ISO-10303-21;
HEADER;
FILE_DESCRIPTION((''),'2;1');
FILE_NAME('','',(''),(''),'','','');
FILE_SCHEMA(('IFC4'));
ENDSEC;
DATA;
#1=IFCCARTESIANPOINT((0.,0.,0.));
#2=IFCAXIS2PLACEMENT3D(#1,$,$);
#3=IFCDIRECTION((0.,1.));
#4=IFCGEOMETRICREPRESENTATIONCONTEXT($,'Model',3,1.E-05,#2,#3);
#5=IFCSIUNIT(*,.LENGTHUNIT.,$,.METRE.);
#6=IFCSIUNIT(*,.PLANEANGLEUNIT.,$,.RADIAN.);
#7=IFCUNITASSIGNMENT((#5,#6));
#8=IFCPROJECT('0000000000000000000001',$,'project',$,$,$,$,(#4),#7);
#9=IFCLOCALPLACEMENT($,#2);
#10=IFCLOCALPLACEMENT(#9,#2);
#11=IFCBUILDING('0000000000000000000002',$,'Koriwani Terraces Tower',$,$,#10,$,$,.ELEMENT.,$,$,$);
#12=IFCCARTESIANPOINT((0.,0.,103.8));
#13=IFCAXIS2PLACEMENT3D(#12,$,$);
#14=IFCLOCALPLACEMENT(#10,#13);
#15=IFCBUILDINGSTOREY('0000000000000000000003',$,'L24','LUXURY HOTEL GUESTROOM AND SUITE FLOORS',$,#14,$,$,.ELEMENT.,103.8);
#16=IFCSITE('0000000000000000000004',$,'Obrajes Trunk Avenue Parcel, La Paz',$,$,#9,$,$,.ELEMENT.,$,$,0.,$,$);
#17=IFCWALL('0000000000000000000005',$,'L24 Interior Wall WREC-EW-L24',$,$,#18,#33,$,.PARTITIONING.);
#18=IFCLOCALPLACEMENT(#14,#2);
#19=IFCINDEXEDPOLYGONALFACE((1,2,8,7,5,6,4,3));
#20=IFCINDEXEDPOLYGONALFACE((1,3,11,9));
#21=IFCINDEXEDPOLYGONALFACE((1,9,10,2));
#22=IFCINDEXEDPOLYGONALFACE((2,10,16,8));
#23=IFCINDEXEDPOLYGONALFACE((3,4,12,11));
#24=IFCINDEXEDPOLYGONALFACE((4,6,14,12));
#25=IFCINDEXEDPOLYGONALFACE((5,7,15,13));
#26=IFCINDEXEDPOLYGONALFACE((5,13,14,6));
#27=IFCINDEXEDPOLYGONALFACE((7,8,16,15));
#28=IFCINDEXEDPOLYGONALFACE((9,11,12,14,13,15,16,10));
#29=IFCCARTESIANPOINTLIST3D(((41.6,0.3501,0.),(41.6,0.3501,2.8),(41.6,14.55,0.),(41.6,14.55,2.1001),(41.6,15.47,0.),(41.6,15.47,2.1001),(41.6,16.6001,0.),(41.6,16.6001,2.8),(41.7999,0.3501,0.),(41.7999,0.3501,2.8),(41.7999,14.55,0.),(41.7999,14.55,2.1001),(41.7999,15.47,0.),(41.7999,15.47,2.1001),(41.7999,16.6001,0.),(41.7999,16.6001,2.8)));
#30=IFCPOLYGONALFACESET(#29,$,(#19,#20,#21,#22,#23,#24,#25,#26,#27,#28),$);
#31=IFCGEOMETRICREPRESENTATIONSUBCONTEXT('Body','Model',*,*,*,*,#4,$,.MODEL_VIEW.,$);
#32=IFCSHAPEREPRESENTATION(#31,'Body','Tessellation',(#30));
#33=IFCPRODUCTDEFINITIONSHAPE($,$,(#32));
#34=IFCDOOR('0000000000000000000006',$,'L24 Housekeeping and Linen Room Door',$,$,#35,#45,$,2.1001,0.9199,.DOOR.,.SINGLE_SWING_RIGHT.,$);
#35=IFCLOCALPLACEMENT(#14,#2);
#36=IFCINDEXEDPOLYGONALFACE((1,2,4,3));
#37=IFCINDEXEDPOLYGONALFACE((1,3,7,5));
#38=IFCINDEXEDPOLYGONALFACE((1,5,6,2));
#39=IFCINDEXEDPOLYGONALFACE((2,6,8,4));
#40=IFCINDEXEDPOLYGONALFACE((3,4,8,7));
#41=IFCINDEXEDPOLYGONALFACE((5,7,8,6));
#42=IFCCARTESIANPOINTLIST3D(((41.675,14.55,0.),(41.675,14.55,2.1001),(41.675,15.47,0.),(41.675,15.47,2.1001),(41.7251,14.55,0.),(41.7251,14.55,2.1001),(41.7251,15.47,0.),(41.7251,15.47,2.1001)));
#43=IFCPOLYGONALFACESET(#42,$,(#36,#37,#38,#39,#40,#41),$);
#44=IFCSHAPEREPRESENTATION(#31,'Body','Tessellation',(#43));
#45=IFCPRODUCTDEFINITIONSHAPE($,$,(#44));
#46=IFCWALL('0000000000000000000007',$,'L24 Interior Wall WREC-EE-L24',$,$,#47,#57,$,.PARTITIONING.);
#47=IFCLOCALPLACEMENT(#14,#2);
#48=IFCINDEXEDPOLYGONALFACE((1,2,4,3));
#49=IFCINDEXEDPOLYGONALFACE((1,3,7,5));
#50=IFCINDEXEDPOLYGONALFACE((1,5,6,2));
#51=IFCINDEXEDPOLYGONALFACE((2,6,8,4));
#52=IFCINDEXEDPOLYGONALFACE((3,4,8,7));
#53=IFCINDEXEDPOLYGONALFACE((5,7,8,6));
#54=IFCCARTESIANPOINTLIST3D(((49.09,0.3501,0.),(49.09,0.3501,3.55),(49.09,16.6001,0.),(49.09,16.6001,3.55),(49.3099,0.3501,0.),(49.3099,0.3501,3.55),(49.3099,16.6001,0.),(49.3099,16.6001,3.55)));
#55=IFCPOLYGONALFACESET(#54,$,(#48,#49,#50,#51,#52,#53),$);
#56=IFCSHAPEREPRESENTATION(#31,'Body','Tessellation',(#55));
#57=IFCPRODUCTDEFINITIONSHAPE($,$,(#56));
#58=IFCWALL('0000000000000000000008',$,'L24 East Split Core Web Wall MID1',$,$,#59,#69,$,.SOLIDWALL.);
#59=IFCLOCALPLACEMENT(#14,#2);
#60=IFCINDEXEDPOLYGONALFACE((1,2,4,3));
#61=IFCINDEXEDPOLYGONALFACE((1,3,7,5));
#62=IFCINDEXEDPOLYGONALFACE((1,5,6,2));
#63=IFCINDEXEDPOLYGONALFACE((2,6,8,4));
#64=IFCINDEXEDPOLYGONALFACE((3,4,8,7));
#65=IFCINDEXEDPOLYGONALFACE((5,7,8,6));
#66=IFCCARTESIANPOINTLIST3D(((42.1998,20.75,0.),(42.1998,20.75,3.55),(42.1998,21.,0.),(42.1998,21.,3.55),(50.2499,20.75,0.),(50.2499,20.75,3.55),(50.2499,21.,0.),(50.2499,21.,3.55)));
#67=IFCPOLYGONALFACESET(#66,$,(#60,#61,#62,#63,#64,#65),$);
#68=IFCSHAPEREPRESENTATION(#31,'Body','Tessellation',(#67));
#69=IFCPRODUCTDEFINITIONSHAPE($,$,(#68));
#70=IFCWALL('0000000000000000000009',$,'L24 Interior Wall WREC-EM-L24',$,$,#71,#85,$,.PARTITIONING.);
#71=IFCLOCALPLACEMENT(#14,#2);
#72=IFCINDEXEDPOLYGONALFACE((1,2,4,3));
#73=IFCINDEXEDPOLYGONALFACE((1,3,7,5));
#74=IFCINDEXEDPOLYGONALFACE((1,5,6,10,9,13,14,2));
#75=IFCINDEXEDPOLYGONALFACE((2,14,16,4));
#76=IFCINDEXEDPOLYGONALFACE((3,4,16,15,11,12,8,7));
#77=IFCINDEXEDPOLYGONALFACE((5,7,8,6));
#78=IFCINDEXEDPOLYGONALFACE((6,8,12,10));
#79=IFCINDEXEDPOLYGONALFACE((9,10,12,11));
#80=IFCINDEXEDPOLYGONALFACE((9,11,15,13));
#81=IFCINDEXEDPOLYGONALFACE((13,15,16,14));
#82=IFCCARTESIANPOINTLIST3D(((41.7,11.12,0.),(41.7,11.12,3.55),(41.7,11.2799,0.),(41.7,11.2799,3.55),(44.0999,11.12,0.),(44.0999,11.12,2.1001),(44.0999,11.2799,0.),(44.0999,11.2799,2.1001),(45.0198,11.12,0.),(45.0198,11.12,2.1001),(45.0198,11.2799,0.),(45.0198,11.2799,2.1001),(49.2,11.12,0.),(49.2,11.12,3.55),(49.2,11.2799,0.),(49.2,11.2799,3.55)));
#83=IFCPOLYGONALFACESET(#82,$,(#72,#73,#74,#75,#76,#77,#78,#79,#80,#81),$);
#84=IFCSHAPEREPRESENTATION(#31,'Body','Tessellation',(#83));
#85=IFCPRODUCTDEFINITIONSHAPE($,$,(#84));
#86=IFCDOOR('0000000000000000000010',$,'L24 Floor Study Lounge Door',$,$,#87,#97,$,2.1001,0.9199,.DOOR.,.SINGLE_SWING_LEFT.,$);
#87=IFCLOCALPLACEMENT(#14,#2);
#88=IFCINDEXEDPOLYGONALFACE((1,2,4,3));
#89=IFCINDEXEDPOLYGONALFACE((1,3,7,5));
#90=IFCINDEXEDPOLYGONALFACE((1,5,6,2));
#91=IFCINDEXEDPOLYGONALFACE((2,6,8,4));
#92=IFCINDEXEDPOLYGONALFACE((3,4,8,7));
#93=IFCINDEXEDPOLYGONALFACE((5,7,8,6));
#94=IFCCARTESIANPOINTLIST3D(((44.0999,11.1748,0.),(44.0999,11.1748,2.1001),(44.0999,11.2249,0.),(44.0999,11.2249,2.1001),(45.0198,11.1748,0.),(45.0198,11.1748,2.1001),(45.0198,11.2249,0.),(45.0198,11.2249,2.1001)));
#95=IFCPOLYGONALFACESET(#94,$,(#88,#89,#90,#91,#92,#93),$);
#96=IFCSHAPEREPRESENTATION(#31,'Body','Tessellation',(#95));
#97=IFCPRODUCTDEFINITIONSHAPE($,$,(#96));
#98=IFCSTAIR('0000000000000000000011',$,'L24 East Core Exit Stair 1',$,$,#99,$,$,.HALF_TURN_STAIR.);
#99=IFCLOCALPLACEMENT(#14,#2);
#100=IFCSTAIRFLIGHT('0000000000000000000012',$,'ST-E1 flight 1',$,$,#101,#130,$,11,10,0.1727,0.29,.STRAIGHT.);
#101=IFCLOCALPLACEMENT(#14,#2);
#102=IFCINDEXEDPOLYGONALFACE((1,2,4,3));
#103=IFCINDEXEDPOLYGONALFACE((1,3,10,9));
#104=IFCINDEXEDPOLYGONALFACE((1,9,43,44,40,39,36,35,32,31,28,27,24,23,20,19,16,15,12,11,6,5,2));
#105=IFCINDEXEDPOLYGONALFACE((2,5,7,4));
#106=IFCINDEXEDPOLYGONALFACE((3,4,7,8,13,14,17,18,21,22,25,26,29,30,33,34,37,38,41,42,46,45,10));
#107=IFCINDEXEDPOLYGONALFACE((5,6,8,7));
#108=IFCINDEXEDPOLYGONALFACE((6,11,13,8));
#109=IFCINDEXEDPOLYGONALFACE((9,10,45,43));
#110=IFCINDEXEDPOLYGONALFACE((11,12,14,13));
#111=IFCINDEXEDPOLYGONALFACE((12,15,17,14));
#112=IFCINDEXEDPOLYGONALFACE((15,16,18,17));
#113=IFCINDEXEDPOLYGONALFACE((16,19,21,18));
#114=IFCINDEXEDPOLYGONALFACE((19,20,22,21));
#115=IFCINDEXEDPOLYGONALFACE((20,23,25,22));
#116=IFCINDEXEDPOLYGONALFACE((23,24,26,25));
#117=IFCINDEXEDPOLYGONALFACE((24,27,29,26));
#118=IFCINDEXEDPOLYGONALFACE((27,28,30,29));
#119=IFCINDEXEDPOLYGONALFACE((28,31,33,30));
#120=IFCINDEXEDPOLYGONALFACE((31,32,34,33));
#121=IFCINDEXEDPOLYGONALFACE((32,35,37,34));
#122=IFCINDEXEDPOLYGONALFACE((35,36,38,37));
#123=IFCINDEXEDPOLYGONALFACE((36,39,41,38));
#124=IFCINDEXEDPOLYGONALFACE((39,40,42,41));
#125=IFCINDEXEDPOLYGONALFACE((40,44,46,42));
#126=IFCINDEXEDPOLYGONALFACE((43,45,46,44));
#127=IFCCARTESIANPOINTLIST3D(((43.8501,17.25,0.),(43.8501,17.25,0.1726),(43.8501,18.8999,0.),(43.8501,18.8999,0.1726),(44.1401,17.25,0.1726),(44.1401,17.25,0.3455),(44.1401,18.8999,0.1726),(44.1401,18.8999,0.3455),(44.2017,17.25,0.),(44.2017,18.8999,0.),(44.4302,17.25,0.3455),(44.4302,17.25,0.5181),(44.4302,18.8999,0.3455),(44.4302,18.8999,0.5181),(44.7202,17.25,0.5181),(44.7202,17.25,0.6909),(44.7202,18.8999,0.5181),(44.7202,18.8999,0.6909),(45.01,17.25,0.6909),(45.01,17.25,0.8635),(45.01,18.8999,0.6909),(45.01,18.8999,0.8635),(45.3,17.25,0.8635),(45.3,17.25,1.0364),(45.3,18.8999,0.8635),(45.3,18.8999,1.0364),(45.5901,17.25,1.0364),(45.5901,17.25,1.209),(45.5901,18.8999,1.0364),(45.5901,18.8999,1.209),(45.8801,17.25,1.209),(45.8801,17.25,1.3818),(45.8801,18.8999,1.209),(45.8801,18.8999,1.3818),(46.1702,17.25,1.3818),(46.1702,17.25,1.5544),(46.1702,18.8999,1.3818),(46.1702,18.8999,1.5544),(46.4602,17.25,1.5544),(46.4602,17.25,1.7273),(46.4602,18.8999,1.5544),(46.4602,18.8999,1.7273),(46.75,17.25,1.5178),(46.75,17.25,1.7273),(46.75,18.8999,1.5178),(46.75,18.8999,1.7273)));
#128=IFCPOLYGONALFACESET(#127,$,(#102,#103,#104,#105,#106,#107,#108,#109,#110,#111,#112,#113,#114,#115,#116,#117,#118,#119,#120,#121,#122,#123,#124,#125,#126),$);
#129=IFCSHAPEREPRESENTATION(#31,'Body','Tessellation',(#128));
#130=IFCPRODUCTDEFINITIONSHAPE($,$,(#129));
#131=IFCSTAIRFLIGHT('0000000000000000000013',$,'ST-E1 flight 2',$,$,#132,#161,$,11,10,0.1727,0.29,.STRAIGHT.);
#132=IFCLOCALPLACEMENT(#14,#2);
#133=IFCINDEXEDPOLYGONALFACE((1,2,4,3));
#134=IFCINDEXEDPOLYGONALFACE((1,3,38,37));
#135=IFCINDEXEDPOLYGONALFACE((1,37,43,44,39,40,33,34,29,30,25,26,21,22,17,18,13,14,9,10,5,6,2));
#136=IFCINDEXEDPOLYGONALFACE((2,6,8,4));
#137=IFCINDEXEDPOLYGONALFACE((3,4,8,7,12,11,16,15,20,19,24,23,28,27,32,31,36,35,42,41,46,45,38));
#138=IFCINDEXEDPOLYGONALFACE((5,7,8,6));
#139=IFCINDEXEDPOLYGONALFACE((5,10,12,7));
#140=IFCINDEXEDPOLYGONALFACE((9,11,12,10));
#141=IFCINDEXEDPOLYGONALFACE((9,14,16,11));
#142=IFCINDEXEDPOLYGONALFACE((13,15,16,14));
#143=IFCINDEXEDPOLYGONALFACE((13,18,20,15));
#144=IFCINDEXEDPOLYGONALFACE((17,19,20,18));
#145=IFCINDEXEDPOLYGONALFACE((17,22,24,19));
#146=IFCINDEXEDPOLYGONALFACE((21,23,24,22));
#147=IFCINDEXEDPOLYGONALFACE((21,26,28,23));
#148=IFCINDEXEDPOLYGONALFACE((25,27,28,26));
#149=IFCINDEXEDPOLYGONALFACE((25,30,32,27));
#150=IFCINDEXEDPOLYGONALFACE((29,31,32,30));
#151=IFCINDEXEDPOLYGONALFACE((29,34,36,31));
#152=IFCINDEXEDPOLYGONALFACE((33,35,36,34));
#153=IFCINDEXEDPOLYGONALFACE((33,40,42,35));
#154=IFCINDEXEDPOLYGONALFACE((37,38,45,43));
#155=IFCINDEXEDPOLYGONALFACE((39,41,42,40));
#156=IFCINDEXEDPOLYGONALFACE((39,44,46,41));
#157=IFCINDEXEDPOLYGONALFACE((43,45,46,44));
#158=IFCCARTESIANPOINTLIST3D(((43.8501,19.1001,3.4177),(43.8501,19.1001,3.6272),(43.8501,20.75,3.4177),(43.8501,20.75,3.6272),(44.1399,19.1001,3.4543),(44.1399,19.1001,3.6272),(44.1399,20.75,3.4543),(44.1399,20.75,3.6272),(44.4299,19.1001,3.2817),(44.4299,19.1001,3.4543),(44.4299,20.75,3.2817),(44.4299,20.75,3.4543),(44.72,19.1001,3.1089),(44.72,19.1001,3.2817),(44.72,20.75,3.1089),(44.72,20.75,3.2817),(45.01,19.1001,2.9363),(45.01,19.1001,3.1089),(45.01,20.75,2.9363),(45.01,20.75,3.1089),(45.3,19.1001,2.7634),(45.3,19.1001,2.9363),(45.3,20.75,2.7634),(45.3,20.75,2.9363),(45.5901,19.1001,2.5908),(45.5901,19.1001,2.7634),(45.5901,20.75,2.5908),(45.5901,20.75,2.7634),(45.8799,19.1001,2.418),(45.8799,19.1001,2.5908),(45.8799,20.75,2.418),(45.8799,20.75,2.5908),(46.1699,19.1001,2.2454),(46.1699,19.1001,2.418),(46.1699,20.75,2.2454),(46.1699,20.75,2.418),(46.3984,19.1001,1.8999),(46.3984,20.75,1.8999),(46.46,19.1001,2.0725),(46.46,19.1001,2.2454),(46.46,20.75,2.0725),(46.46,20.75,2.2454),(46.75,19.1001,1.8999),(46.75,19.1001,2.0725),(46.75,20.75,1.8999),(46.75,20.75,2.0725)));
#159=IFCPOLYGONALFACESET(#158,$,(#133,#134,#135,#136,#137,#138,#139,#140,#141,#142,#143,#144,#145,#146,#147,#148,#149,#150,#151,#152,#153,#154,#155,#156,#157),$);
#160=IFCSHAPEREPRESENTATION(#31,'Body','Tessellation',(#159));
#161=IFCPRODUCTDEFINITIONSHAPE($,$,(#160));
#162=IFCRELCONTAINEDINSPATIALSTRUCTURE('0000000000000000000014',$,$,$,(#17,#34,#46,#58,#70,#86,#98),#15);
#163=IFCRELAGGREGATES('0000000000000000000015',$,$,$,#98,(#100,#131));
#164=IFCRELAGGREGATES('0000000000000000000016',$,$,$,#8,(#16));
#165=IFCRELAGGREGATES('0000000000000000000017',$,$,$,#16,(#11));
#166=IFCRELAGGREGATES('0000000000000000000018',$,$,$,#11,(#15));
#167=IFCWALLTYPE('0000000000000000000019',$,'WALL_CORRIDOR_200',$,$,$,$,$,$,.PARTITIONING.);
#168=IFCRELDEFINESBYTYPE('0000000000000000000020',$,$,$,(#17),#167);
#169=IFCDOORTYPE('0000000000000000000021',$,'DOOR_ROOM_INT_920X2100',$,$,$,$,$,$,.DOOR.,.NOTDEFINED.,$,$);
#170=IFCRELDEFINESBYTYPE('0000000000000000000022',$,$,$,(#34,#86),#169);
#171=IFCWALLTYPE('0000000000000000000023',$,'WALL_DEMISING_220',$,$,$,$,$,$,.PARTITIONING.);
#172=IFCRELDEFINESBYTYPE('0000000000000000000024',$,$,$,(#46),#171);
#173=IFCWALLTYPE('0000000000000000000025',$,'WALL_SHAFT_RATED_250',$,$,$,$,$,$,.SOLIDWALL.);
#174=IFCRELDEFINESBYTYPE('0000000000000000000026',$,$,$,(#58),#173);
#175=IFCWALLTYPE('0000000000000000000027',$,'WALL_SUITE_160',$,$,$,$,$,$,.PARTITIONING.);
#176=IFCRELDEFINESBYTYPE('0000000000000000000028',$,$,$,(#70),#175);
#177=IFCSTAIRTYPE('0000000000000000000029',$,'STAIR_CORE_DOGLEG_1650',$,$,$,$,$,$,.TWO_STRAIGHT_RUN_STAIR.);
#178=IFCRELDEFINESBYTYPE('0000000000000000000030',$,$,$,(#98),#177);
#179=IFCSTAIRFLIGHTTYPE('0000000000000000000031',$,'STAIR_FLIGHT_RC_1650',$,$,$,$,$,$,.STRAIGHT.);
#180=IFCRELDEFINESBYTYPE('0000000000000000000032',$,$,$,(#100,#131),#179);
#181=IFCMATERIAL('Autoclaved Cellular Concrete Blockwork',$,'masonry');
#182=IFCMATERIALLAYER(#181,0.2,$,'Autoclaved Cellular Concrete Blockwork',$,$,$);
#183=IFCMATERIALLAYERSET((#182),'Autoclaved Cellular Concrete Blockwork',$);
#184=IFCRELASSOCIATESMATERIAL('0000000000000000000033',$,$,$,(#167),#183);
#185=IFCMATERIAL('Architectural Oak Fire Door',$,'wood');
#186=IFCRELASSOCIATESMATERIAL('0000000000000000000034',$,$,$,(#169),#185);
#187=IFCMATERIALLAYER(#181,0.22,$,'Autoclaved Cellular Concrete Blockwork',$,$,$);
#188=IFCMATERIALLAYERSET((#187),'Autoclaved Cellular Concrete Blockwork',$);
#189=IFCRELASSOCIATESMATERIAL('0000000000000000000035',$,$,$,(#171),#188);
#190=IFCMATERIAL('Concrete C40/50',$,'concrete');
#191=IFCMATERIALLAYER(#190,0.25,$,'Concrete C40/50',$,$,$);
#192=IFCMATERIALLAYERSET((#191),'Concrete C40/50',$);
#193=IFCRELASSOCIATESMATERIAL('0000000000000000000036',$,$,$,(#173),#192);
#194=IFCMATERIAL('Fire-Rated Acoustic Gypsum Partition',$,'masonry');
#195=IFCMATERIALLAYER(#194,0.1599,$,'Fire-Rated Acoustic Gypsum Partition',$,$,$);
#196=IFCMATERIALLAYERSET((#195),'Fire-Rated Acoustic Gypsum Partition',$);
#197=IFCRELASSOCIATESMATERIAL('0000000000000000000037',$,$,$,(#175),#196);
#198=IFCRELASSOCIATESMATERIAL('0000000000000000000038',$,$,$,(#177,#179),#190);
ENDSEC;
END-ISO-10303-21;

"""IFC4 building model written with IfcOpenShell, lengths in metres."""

from ifc_helpers import new_model, si_unit, direction, frame, frame_2d, origin, place, context, subcontext, project, spatial, polyline, rectangle, outline, extrude, material, layer, layer_set, type_object, element, fill, aggregate, save


model = new_model("IFC4")

# Units and contexts
model_context = context("Model", 3, precision=1e-05, world=origin(), true_north=direction((0.0, 1.0)))
body_context = subcontext(model_context, "Body", "Model", "MODEL_VIEW")
ifc_project = project(units=[si_unit("LENGTHUNIT", "METRE"), si_unit("PLANEANGLEUNIT", "RADIAN")], contexts=[model_context])

# Site, building, storey
site_placement = place(None, origin())
site = spatial("IfcSite", under=ifc_project, at=site_placement, Name="Obrajes Trunk Avenue Parcel, La Paz", CompositionType="ELEMENT", RefElevation=0.0)
building_placement = place(site_placement, origin())
building = spatial("IfcBuilding", under=site, at=building_placement, Name="Koriwani Terraces Tower", CompositionType="ELEMENT")
storey_placement = place(building_placement, frame((0.0, 0.0, 103.8)))
storey = spatial("IfcBuildingStorey", under=building, at=storey_placement, Name="L24", Description="LUXURY HOTEL GUESTROOM AND SUITE FLOORS", CompositionType="ELEMENT", Elevation=103.8)

# Shared definitions
ifc_material_1 = material(Name="Concrete C40/50", Category="concrete")

# Wall, opening, door
ifc_material_2 = material(Name="Autoclaved Cellular Concrete Blockwork", Category="masonry")
ifc_layer_1 = layer(ifc_material_2, 0.2, Name="Autoclaved Cellular Concrete Blockwork")
ifc_layer_set_1 = layer_set([ifc_layer_1], Name="Autoclaved Cellular Concrete Blockwork")
wall_type_1 = type_object("IfcWallType", Name="WALL_CORRIDOR_200", PredefinedType="PARTITIONING", material=ifc_layer_set_1)
wall_1_placement = place(storey_placement, frame((41.7, 0.3501, 0.0), z_axis=(0.0, 0.0, 1.0), x_axis=(0.0, 1.0, 0.0)))
wall_1 = element("IfcWall", 1, at=wall_1_placement, inside=storey, type_object=wall_type_1, Name="L24 Interior Wall WREC-EW-L24", PredefinedType="PARTITIONING", context=body_context, shape_type="SweptSolid", body=[
    extrude(rectangle(XDim=16.25, YDim=0.2, at=frame_2d((8.125, 0.0))), origin(), (0.0, 0.0, 1.0), 2.8),
])
opening_1_placement = place(wall_1_placement, frame((14.2, 0.0, 0.0)))
opening_1 = element("IfcOpeningElement", 2, at=opening_1_placement, cuts=wall_1, PredefinedType="OPENING", context=body_context, shape_type="SweptSolid", body=[
    extrude(rectangle(XDim=0.9199, YDim=2.1001, at=frame_2d((0.46, 1.05))), frame((0.0, 0.1099, 0.0), z_axis=(0.0, -1.0, 0.0), x_axis=(1.0, 0.0, 0.0)), (0.0, 0.0, 1.0), 0.22),
])
ifc_material_3 = material(Name="Architectural Oak Fire Door", Category="wood")
door_type_1 = type_object("IfcDoorType", Name="DOOR_ROOM_INT_920X2100", OperationType="NOTDEFINED", PredefinedType="DOOR", material=ifc_material_3)
door_1_placement = place(opening_1_placement, origin())
door_1 = element("IfcDoor", 3, at=door_1_placement, inside=storey, type_object=door_type_1, Name="L24 Housekeeping and Linen Room Door", OperationType="SINGLE_SWING_RIGHT", OverallHeight=2.1001, OverallWidth=0.9199, PredefinedType="DOOR", context=body_context, shape_type="SweptSolid", body=[
    extrude(rectangle(XDim=0.9199, YDim=2.1001, at=frame_2d((0.46, 1.05))), frame((0.0, 0.0249, 0.0), z_axis=(0.0, -1.0, 0.0), x_axis=(1.0, 0.0, 0.0)), (0.0, 0.0, 1.0), 0.05),
])
fill(opening_1, door_1)

# Walls
ifc_layer_2 = layer(ifc_material_2, 0.22, Name="Autoclaved Cellular Concrete Blockwork")
ifc_layer_set_2 = layer_set([ifc_layer_2], Name="Autoclaved Cellular Concrete Blockwork")
wall_type_2 = type_object("IfcWallType", Name="WALL_DEMISING_220", PredefinedType="PARTITIONING", material=ifc_layer_set_2)
wall_2_placement = place(storey_placement, frame((49.2, 0.3501, 0.0), z_axis=(0.0, 0.0, 1.0), x_axis=(0.0, 1.0, 0.0)))
element("IfcWall", 4, at=wall_2_placement, inside=storey, type_object=wall_type_2, Name="L24 Interior Wall WREC-EE-L24", PredefinedType="PARTITIONING", context=body_context, shape_type="SweptSolid", body=[
    extrude(rectangle(XDim=16.25, YDim=0.22, at=frame_2d((8.125, 0.0))), origin(), (0.0, 0.0, 1.0), 3.55),
])
ifc_layer_3 = layer(ifc_material_1, 0.25, Name="Concrete C40/50")
ifc_layer_set_3 = layer_set([ifc_layer_3], Name="Concrete C40/50")
wall_type_3 = type_object("IfcWallType", Name="WALL_SHAFT_RATED_250", PredefinedType="SOLIDWALL", material=ifc_layer_set_3)
wall_3_placement = place(storey_placement, frame((42.2, 20.875, 0.0), z_axis=(0.0, 0.0, 1.0), x_axis=(1.0, 0.0, 0.0)))
element("IfcWall", 5, at=wall_3_placement, inside=storey, type_object=wall_type_3, Name="L24 East Split Core Web Wall MID1", PredefinedType="SOLIDWALL", context=body_context, shape_type="SweptSolid", body=[
    extrude(rectangle(XDim=8.05, YDim=0.25, at=frame_2d((4.0249, 0.0))), origin(), (0.0, 0.0, 1.0), 3.55),
])

# Wall, opening, door
ifc_material_4 = material(Name="Fire-Rated Acoustic Gypsum Partition", Category="masonry")
ifc_layer_4 = layer(ifc_material_4, 0.1599, Name="Fire-Rated Acoustic Gypsum Partition")
ifc_layer_set_4 = layer_set([ifc_layer_4], Name="Fire-Rated Acoustic Gypsum Partition")
wall_type_4 = type_object("IfcWallType", Name="WALL_SUITE_160", PredefinedType="PARTITIONING", material=ifc_layer_set_4)
wall_4_placement = place(storey_placement, frame((41.7, 11.2, 0.0), z_axis=(0.0, 0.0, 1.0), x_axis=(1.0, 0.0, 0.0)))
wall_4 = element("IfcWall", 6, at=wall_4_placement, inside=storey, type_object=wall_type_4, Name="L24 Interior Wall WREC-EM-L24", PredefinedType="PARTITIONING", context=body_context, shape_type="SweptSolid", body=[
    extrude(rectangle(XDim=7.5, YDim=0.1599, at=frame_2d((3.75, 0.0))), origin(), (0.0, 0.0, 1.0), 3.55),
])
opening_2_placement = place(wall_4_placement, frame((2.3999, 0.0, 0.0)))
opening_2 = element("IfcOpeningElement", 7, at=opening_2_placement, cuts=wall_4, PredefinedType="OPENING", context=body_context, shape_type="SweptSolid", body=[
    extrude(rectangle(XDim=0.9199, YDim=2.1001, at=frame_2d((0.46, 1.05))), frame((0.0, 0.0898, 0.0), z_axis=(0.0, -1.0, 0.0), x_axis=(1.0, 0.0, 0.0)), (0.0, 0.0, 1.0), 0.1799),
])
door_2_placement = place(opening_2_placement, origin())
door_2 = element("IfcDoor", 8, at=door_2_placement, inside=storey, type_object=door_type_1, Name="L24 Floor Study Lounge Door", OperationType="SINGLE_SWING_LEFT", OverallHeight=2.1001, OverallWidth=0.9199, PredefinedType="DOOR", context=body_context, shape_type="SweptSolid", body=[
    extrude(rectangle(XDim=0.9199, YDim=2.1001, at=frame_2d((0.46, 1.05))), frame((0.0, 0.0249, 0.0), z_axis=(0.0, -1.0, 0.0), x_axis=(1.0, 0.0, 0.0)), (0.0, 0.0, 1.0), 0.05),
])
fill(opening_2, door_2)

# Stair, stair flights
stair_type = type_object("IfcStairType", Name="STAIR_CORE_DOGLEG_1650", PredefinedType="TWO_STRAIGHT_RUN_STAIR", material=ifc_material_1)
stair_placement = place(storey_placement, origin())
stair = element("IfcStair", 9, at=stair_placement, inside=storey, type_object=stair_type, Name="L24 East Core Exit Stair 1", PredefinedType="HALF_TURN_STAIR")
stair_flight_type = type_object("IfcStairFlightType", Name="STAIR_FLIGHT_RC_1650", PredefinedType="STRAIGHT", material=ifc_material_1)
stair_flight_1_placement = place(storey_placement, frame((43.8501, 18.075, 0.0), z_axis=(0.0, 0.0, 1.0), x_axis=(1.0, 0.0, 0.0)))
stair_flight_1 = element("IfcStairFlight", 10, at=stair_flight_1_placement, type_object=stair_flight_type, Name="ST-E1 flight 1", NumberOfRisers=11, NumberOfTreads=10, PredefinedType="STRAIGHT", RiserHeight=0.1727, TreadLength=0.29, context=body_context, shape_type="SweptSolid", body=[
    extrude(outline(polyline([(0.0, 0.0), (0.0, 0.1726), (0.29, 0.1726), (0.29, 0.3455), (0.5801, 0.3455), (0.5801, 0.5181), (0.8701, 0.5181), (0.8701, 0.6909), (1.1599, 0.6909), (1.1599, 0.8635), (1.45, 0.8635), (1.45, 1.0364), (1.74, 1.0364), (1.74, 1.209), (2.03, 1.209), (2.03, 1.3818), (2.3201, 1.3818), (2.3201, 1.5544), (2.6101, 1.5544), (2.6101, 1.7273), (2.8999, 1.7273), (2.8999, 1.8999), (2.8999, 1.5178), (0.3516, 0.0), (0.0, 0.0)])), frame((0.0, 0.825, 0.0), z_axis=(0.0, -1.0, 0.0), x_axis=(1.0, 0.0, 0.0)), (0.0, 0.0, 1.0), 1.6499),
])
stair_flight_2_placement = place(storey_placement, frame((46.75, 19.925, 1.8999), z_axis=(0.0, 0.0, 1.0), x_axis=(-1.0, 0.0, 0.0)))
stair_flight_2 = element("IfcStairFlight", 11, at=stair_flight_2_placement, type_object=stair_flight_type, Name="ST-E1 flight 2", NumberOfRisers=11, NumberOfTreads=10, PredefinedType="STRAIGHT", RiserHeight=0.1727, TreadLength=0.29, context=body_context, shape_type="SweptSolid", body=[
    extrude(outline(polyline([(0.0, 0.0), (0.0, 0.1726), (0.29, 0.1726), (0.29, 0.3455), (0.5801, 0.3455), (0.5801, 0.5181), (0.8701, 0.5181), (0.8701, 0.6909), (1.1599, 0.6909), (1.1599, 0.8635), (1.45, 0.8635), (1.45, 1.0364), (1.74, 1.0364), (1.74, 1.209), (2.03, 1.209), (2.03, 1.3818), (2.3201, 1.3818), (2.3201, 1.5544), (2.6101, 1.5544), (2.6101, 1.7273), (2.8999, 1.7273), (2.8999, 1.8999), (2.8999, 1.5178), (0.3516, 0.0), (0.0, 0.0)])), frame((0.0, 0.825, 0.0), z_axis=(0.0, -1.0, 0.0), x_axis=(1.0, 0.0, 0.0)), (0.0, 0.0, 1.0), 1.6499),
])
aggregate(stair, [stair_flight_1, stair_flight_2])

save(model, "model.ifc")
